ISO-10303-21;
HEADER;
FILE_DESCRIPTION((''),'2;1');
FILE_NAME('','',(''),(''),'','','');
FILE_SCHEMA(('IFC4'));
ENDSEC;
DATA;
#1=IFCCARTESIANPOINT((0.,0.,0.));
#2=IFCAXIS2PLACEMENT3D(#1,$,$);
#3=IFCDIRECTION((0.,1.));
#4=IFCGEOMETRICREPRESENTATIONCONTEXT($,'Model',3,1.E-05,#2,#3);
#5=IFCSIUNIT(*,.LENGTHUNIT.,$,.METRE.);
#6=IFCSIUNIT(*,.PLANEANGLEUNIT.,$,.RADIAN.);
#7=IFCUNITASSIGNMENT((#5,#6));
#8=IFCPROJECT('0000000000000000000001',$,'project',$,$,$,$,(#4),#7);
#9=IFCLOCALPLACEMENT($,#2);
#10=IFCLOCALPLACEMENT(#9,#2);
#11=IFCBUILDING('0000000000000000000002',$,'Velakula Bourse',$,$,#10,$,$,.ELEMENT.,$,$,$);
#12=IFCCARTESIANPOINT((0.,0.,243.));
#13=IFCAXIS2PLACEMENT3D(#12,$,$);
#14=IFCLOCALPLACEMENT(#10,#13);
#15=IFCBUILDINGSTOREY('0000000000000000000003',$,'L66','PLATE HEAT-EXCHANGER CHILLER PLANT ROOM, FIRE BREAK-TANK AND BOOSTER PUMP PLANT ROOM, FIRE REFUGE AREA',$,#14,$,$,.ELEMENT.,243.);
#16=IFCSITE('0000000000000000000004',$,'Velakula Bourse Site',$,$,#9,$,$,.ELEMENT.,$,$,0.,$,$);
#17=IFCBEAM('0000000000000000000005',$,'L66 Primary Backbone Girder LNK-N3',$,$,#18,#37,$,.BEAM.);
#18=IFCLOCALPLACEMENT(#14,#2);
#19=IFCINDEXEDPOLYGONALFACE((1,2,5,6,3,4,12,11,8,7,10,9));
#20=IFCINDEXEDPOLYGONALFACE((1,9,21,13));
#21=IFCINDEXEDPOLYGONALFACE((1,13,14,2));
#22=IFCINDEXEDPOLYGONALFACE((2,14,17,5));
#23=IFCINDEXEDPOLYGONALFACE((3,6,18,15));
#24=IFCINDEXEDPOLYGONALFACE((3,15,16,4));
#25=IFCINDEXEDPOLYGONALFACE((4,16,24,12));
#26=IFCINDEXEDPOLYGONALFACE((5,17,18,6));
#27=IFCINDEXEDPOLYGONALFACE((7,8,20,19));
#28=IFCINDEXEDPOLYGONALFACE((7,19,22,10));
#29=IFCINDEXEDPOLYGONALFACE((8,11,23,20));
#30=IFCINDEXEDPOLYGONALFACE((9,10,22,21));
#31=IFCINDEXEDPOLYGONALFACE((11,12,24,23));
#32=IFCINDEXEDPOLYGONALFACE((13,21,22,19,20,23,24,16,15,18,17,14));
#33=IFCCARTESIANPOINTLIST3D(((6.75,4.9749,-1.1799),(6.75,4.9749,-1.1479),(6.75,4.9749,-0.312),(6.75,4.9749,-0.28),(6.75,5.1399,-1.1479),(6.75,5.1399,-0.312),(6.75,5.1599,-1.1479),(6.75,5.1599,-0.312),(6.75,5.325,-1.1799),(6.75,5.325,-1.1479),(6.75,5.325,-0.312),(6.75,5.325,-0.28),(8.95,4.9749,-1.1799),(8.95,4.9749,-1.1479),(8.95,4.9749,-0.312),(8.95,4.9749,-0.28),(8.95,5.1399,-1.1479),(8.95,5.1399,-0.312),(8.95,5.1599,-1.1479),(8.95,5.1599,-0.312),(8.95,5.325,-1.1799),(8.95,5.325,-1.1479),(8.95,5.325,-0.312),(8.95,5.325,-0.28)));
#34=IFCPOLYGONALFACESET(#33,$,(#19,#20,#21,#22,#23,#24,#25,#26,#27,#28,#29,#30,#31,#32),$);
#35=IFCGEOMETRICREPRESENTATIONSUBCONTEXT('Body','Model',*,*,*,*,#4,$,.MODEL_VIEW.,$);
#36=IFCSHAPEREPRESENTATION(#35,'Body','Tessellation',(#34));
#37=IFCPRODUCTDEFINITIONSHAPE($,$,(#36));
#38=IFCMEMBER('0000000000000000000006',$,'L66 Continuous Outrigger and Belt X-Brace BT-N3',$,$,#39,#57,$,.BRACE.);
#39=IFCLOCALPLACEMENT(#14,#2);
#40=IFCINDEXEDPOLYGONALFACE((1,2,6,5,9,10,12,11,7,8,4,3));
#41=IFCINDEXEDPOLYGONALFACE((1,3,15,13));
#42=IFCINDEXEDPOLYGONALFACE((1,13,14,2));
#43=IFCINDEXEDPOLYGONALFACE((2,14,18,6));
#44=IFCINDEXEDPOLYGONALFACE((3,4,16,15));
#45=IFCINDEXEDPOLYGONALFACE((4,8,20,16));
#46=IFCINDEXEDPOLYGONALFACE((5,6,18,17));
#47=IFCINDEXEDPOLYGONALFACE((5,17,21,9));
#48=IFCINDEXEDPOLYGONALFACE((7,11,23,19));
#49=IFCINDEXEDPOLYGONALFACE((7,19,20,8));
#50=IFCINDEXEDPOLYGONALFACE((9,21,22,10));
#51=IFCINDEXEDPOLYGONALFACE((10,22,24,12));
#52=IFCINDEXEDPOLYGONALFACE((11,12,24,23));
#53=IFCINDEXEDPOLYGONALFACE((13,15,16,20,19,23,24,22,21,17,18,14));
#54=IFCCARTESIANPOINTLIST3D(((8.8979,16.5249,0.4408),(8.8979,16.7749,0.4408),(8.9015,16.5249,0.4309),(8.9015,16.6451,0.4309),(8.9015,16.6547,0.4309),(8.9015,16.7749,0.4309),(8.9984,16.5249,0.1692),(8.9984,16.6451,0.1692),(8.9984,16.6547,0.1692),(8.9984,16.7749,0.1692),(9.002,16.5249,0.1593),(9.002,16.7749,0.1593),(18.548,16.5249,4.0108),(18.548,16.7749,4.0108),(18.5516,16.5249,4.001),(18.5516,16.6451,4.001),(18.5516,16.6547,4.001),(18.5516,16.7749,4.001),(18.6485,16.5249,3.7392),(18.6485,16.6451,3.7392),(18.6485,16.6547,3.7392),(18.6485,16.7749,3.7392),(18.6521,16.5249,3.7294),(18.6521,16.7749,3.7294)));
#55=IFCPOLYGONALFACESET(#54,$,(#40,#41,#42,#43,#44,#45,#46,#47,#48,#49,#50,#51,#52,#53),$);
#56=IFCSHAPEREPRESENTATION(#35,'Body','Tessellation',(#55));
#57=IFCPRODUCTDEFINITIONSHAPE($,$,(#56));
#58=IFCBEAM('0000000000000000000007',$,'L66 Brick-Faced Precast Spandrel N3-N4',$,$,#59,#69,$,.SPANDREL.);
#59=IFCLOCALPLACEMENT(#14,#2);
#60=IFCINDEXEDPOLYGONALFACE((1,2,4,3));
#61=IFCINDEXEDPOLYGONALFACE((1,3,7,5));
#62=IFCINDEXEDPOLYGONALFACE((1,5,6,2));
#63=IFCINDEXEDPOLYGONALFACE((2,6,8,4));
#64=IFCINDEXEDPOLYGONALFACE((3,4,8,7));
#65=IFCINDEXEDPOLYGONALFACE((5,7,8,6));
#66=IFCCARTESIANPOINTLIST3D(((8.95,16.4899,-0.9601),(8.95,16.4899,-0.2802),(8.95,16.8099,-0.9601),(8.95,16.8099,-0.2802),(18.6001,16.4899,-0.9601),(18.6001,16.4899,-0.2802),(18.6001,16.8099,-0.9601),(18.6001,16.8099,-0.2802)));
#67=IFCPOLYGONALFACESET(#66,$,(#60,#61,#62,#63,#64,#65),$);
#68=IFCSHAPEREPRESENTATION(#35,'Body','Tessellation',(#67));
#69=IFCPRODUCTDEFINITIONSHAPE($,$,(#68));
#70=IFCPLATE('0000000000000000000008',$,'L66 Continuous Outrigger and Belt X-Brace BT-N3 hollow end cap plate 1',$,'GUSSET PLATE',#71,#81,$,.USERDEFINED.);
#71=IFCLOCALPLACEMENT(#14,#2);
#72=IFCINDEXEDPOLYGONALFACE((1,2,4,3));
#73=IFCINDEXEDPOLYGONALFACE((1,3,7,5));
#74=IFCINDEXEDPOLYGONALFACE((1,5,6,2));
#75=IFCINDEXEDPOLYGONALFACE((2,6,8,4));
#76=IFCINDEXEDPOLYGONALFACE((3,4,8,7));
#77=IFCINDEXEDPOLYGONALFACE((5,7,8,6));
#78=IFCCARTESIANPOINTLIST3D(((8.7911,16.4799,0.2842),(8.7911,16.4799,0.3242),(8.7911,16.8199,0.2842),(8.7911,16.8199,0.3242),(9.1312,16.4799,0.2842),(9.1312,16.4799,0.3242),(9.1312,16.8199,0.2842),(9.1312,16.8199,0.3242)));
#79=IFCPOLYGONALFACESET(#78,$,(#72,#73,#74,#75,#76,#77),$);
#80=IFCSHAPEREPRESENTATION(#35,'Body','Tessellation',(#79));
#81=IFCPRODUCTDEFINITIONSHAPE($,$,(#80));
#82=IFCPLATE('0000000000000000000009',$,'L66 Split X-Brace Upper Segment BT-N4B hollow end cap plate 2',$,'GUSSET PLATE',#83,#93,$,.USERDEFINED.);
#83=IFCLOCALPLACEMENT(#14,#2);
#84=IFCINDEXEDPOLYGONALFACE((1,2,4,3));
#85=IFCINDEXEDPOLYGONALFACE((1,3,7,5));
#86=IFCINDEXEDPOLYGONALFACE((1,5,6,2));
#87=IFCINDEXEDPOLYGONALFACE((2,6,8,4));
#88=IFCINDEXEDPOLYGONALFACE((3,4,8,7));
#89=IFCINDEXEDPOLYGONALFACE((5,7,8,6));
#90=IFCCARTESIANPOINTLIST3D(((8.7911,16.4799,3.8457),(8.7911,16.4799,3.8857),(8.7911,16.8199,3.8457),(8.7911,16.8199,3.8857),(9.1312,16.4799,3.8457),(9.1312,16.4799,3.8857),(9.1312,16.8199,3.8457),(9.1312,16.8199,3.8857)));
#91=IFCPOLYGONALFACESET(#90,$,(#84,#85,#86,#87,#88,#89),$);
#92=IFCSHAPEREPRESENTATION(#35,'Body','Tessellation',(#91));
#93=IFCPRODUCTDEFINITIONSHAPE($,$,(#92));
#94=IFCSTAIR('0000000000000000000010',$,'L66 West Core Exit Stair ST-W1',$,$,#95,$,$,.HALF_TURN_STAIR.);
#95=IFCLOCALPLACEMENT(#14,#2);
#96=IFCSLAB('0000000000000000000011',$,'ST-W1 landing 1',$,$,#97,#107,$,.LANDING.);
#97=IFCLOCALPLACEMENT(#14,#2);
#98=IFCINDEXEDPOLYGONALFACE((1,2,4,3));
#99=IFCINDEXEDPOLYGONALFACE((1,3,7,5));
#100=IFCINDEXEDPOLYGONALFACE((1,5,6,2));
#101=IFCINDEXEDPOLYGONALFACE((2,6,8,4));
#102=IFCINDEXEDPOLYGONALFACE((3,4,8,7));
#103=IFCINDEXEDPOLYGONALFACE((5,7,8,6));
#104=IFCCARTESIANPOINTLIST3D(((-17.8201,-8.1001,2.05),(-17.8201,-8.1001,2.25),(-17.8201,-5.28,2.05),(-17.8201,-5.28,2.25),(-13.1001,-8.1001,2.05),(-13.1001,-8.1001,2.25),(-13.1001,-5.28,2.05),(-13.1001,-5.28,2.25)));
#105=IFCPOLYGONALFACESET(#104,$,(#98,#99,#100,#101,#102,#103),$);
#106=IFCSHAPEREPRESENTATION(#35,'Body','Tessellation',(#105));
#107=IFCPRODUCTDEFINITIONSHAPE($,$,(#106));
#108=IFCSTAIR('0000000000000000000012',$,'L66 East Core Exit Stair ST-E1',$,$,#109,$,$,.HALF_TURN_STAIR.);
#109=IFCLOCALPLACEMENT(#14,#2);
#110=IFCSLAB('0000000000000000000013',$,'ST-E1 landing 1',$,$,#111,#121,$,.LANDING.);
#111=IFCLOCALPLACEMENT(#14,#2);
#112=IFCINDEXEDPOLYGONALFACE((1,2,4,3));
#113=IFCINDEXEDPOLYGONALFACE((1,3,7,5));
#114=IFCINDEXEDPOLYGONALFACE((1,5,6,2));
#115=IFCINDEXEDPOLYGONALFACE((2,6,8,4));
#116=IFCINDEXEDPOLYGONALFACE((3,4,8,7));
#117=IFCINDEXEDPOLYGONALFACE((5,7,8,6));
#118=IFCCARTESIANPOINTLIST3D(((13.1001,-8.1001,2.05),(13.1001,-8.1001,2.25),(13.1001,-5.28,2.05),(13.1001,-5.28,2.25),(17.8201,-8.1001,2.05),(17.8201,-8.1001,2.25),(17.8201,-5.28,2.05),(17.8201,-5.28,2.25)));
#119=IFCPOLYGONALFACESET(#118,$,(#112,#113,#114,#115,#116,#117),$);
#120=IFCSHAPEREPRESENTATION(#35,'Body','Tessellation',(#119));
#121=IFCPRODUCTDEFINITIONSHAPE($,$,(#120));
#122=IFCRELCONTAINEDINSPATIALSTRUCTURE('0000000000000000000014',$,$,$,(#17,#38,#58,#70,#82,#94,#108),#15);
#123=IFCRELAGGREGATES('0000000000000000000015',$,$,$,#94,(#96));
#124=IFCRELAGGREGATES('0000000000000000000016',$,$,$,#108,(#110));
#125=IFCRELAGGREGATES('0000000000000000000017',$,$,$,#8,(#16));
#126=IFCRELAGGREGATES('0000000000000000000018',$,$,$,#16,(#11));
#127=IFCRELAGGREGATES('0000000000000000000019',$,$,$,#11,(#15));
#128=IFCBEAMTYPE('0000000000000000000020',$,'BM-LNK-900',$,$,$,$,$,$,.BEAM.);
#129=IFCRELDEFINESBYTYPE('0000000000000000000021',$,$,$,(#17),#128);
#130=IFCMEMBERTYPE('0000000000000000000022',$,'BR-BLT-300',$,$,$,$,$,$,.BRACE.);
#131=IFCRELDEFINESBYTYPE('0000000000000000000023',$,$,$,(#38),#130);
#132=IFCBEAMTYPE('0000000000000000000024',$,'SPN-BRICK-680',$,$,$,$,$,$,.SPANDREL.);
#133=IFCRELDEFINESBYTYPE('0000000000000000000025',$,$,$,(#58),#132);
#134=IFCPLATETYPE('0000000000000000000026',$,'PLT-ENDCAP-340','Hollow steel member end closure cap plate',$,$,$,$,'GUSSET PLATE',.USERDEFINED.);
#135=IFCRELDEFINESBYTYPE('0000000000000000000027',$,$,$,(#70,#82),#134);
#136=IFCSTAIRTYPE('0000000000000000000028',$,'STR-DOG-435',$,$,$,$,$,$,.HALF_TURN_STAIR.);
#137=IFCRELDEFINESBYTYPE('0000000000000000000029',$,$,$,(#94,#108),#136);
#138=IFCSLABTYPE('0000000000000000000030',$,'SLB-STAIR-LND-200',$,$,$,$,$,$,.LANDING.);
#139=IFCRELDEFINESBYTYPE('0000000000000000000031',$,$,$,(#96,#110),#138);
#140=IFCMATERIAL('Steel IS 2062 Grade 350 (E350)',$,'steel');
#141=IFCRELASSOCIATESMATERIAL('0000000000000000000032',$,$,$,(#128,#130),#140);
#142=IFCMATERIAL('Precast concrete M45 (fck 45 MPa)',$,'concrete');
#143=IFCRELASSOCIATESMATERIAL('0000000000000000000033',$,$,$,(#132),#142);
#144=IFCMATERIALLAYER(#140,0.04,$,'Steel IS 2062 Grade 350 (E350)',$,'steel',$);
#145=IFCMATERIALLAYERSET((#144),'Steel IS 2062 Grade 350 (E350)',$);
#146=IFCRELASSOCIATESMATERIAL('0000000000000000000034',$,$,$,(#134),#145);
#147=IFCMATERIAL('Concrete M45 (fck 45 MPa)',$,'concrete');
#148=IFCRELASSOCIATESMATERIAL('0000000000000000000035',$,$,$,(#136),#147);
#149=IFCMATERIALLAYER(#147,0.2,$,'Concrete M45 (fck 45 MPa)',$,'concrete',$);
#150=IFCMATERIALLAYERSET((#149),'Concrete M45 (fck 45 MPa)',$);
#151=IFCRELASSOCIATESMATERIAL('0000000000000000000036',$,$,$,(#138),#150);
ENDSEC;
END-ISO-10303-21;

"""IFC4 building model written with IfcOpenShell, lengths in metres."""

from ifc_helpers import new_model, si_unit, direction, frame, origin, origin_2d, place, context, subcontext, project, spatial, polyline, rectangle, i_section, outline, extrude, material, layer, layer_set, material_profile, profile_set, type_object, element, aggregate, save


model = new_model("IFC4")

# Units and contexts
model_context = context("Model", 3, precision=1e-05, world=origin(), true_north=direction((0.0, 1.0)))
body_context = subcontext(model_context, "Body", "Model", "MODEL_VIEW")
ifc_project = project(units=[si_unit("LENGTHUNIT", "METRE"), si_unit("PLANEANGLEUNIT", "RADIAN")], contexts=[model_context])

# Site, building, storey
site_placement = place(None, origin())
site = spatial("IfcSite", under=ifc_project, at=site_placement, Name="Velakula Bourse Site", CompositionType="ELEMENT", RefElevation=0.0)
building_placement = place(site_placement, origin())
building = spatial("IfcBuilding", under=site, at=building_placement, Name="Velakula Bourse", CompositionType="ELEMENT")
storey_placement = place(building_placement, frame((0.0, 0.0, 243.0)))
storey = spatial("IfcBuildingStorey", under=building, at=storey_placement, Name="L66", Description="PLATE HEAT-EXCHANGER CHILLER PLANT ROOM, FIRE BREAK-TANK AND BOOSTER PUMP PLANT ROOM, FIRE REFUGE AREA", CompositionType="ELEMENT", Elevation=243.0)

# Shared definitions
ifc_material_1 = material(Name="Steel IS 2062 Grade 350 (E350)", Category="steel")

# Beam
ifc_material_profile_1 = material_profile(ifc_material_1, i_section(OverallWidth=0.3501, OverallDepth=0.8999, WebThickness=0.02, FlangeThickness=0.032, at=origin_2d()), Name="Steel IS 2062 Grade 350 (E350)")
ifc_profile_set_1 = profile_set([ifc_material_profile_1], Name="Steel IS 2062 Grade 350 (E350)")
beam_type_1 = type_object("IfcBeamType", Name="BM-LNK-900", PredefinedType="BEAM", material=ifc_profile_set_1)
beam_1_placement = place(storey_placement, frame((6.75, 5.1499, -0.73), z_axis=(1.0, 0.0, 0.0), x_axis=(0.0, 1.0, 0.0)))
element("IfcBeam", 1, at=beam_1_placement, inside=storey, type_object=beam_type_1, Name="L66 Primary Backbone Girder LNK-N3", PredefinedType="BEAM", context=body_context, shape_type="SweptSolid", body=[
    extrude(i_section(OverallWidth=0.3501, OverallDepth=0.8999, WebThickness=0.02, FlangeThickness=0.032, at=origin_2d()), origin(), (0.0, 0.0, 1.0), 2.2),
])

# Member
ifc_material_profile_2 = material_profile(ifc_material_1, i_section(OverallWidth=0.25, OverallDepth=0.3, WebThickness=0.0095, FlangeThickness=0.0105, at=origin_2d()), Name="Steel IS 2062 Grade 350 (E350)")
ifc_profile_set_2 = profile_set([ifc_material_profile_2], Name="Steel IS 2062 Grade 350 (E350)")
member_type = type_object("IfcMemberType", Name="BR-BLT-300", PredefinedType="BRACE", material=ifc_profile_set_2)
member_placement = place(storey_placement, frame((8.95, 16.6499, 0.3), z_axis=(0.937877, 0.0, 0.346967), x_axis=(0.0, 1.0, 0.0)))
element("IfcMember", 2, at=member_placement, inside=storey, type_object=member_type, Name="L66 Continuous Outrigger and Belt X-Brace BT-N3", PredefinedType="BRACE", context=body_context, shape_type="SweptSolid", body=[
    extrude(i_section(OverallWidth=0.25, OverallDepth=0.3, WebThickness=0.0095, FlangeThickness=0.0105, at=origin_2d()), origin(), (0.0, 0.0, 1.0), 10.2893),
])

# Beam
ifc_material_2 = material(Name="Precast concrete M45 (fck 45 MPa)", Category="concrete")
ifc_material_profile_3 = material_profile(ifc_material_2, rectangle(XDim=0.3201, YDim=0.6799, at=origin_2d()), Name="Precast concrete M45 (fck 45 MPa)")
ifc_profile_set_3 = profile_set([ifc_material_profile_3], Name="Precast concrete M45 (fck 45 MPa)")
beam_type_2 = type_object("IfcBeamType", Name="SPN-BRICK-680", PredefinedType="SPANDREL", material=ifc_profile_set_3)
beam_2_placement = place(storey_placement, frame((8.95, 16.6499, -0.6201), z_axis=(1.0, 0.0, 0.0), x_axis=(0.0, 1.0, 0.0)))
element("IfcBeam", 3, at=beam_2_placement, inside=storey, type_object=beam_type_2, Name="L66 Brick-Faced Precast Spandrel N3-N4", PredefinedType="SPANDREL", context=body_context, shape_type="SweptSolid", body=[
    extrude(rectangle(XDim=0.3201, YDim=0.6799, at=origin_2d()), origin(), (0.0, 0.0, 1.0), 9.6501),
])

# Plates
ifc_layer_1 = layer(ifc_material_1, 0.04, Name="Steel IS 2062 Grade 350 (E350)", Category="steel")
ifc_layer_set_1 = layer_set([ifc_layer_1], Name="Steel IS 2062 Grade 350 (E350)")
plate_type = type_object("IfcPlateType", Name="PLT-ENDCAP-340", Description="Hollow steel member end closure cap plate", ElementType="GUSSET PLATE", PredefinedType="USERDEFINED", material=ifc_layer_set_1)
for number, where, z_axis, x_axis, name in (
    (4, (8.9612, 16.6499, 0.2842), (0.0, 0.0, 1.0), (1.0, 0.0, 0.0), "L66 Continuous Outrigger and Belt X-Brace BT-N3 hollow end cap plate 1"),
    (5, (8.9612, 16.6499, 3.8457), (0.0, 0.0, 1.0), (-1.0, 0.0, 0.0), "L66 Split X-Brace Upper Segment BT-N4B hollow end cap plate 2"),
):
    element("IfcPlate", number, at=place(storey_placement, frame(where, z_axis=z_axis, x_axis=x_axis)), inside=storey, type_object=plate_type, Name=name, ObjectType="GUSSET PLATE", PredefinedType="USERDEFINED", context=body_context, shape_type="SweptSolid", body=[
        extrude(rectangle(XDim=0.3401, YDim=0.3401, at=origin_2d()), origin(), (0.0, 0.0, 1.0), 0.04),
    ])

# Stairs, slabs
ifc_material_3 = material(Name="Concrete M45 (fck 45 MPa)", Category="concrete")
stair_type = type_object("IfcStairType", Name="STR-DOG-435", PredefinedType="HALF_TURN_STAIR", material=ifc_material_3)
stair_1_placement = place(storey_placement, origin())
stair_1 = element("IfcStair", 6, at=stair_1_placement, inside=storey, type_object=stair_type, Name="L66 West Core Exit Stair ST-W1", PredefinedType="HALF_TURN_STAIR")
ifc_layer_2 = layer(ifc_material_3, 0.2, Name="Concrete M45 (fck 45 MPa)", Category="concrete")
ifc_layer_set_2 = layer_set([ifc_layer_2], Name="Concrete M45 (fck 45 MPa)")
slab_type_1 = type_object("IfcSlabType", Name="SLB-STAIR-LND-200", PredefinedType="LANDING", material=ifc_layer_set_2)
slab_1_placement = place(storey_placement, frame((0.0, 0.0, 2.05)))
slab_1 = element("IfcSlab", 7, at=slab_1_placement, type_object=slab_type_1, Name="ST-W1 landing 1", PredefinedType="LANDING", context=body_context, shape_type="SweptSolid", body=[
    extrude(outline(polyline([(-17.8201, -5.28), (-17.8201, -8.1001), (-13.1001, -8.1001), (-13.1001, -5.28), (-17.8201, -5.28)])), origin(), (0.0, 0.0, 1.0), 0.2),
])
aggregate(stair_1, [slab_1])
stair_2_placement = place(storey_placement, origin())
stair_2 = element("IfcStair", 8, at=stair_2_placement, inside=storey, type_object=stair_type, Name="L66 East Core Exit Stair ST-E1", PredefinedType="HALF_TURN_STAIR")
slab_2_placement = place(storey_placement, frame((0.0, 0.0, 2.05)))
slab_2 = element("IfcSlab", 9, at=slab_2_placement, type_object=slab_type_1, Name="ST-E1 landing 1", PredefinedType="LANDING", context=body_context, shape_type="SweptSolid", body=[
    extrude(outline(polyline([(13.1001, -5.28), (13.1001, -8.1001), (17.8201, -8.1001), (17.8201, -5.28), (13.1001, -5.28)])), origin(), (0.0, 0.0, 1.0), 0.2),
])
aggregate(stair_2, [slab_2])

save(model, "model.ifc")
